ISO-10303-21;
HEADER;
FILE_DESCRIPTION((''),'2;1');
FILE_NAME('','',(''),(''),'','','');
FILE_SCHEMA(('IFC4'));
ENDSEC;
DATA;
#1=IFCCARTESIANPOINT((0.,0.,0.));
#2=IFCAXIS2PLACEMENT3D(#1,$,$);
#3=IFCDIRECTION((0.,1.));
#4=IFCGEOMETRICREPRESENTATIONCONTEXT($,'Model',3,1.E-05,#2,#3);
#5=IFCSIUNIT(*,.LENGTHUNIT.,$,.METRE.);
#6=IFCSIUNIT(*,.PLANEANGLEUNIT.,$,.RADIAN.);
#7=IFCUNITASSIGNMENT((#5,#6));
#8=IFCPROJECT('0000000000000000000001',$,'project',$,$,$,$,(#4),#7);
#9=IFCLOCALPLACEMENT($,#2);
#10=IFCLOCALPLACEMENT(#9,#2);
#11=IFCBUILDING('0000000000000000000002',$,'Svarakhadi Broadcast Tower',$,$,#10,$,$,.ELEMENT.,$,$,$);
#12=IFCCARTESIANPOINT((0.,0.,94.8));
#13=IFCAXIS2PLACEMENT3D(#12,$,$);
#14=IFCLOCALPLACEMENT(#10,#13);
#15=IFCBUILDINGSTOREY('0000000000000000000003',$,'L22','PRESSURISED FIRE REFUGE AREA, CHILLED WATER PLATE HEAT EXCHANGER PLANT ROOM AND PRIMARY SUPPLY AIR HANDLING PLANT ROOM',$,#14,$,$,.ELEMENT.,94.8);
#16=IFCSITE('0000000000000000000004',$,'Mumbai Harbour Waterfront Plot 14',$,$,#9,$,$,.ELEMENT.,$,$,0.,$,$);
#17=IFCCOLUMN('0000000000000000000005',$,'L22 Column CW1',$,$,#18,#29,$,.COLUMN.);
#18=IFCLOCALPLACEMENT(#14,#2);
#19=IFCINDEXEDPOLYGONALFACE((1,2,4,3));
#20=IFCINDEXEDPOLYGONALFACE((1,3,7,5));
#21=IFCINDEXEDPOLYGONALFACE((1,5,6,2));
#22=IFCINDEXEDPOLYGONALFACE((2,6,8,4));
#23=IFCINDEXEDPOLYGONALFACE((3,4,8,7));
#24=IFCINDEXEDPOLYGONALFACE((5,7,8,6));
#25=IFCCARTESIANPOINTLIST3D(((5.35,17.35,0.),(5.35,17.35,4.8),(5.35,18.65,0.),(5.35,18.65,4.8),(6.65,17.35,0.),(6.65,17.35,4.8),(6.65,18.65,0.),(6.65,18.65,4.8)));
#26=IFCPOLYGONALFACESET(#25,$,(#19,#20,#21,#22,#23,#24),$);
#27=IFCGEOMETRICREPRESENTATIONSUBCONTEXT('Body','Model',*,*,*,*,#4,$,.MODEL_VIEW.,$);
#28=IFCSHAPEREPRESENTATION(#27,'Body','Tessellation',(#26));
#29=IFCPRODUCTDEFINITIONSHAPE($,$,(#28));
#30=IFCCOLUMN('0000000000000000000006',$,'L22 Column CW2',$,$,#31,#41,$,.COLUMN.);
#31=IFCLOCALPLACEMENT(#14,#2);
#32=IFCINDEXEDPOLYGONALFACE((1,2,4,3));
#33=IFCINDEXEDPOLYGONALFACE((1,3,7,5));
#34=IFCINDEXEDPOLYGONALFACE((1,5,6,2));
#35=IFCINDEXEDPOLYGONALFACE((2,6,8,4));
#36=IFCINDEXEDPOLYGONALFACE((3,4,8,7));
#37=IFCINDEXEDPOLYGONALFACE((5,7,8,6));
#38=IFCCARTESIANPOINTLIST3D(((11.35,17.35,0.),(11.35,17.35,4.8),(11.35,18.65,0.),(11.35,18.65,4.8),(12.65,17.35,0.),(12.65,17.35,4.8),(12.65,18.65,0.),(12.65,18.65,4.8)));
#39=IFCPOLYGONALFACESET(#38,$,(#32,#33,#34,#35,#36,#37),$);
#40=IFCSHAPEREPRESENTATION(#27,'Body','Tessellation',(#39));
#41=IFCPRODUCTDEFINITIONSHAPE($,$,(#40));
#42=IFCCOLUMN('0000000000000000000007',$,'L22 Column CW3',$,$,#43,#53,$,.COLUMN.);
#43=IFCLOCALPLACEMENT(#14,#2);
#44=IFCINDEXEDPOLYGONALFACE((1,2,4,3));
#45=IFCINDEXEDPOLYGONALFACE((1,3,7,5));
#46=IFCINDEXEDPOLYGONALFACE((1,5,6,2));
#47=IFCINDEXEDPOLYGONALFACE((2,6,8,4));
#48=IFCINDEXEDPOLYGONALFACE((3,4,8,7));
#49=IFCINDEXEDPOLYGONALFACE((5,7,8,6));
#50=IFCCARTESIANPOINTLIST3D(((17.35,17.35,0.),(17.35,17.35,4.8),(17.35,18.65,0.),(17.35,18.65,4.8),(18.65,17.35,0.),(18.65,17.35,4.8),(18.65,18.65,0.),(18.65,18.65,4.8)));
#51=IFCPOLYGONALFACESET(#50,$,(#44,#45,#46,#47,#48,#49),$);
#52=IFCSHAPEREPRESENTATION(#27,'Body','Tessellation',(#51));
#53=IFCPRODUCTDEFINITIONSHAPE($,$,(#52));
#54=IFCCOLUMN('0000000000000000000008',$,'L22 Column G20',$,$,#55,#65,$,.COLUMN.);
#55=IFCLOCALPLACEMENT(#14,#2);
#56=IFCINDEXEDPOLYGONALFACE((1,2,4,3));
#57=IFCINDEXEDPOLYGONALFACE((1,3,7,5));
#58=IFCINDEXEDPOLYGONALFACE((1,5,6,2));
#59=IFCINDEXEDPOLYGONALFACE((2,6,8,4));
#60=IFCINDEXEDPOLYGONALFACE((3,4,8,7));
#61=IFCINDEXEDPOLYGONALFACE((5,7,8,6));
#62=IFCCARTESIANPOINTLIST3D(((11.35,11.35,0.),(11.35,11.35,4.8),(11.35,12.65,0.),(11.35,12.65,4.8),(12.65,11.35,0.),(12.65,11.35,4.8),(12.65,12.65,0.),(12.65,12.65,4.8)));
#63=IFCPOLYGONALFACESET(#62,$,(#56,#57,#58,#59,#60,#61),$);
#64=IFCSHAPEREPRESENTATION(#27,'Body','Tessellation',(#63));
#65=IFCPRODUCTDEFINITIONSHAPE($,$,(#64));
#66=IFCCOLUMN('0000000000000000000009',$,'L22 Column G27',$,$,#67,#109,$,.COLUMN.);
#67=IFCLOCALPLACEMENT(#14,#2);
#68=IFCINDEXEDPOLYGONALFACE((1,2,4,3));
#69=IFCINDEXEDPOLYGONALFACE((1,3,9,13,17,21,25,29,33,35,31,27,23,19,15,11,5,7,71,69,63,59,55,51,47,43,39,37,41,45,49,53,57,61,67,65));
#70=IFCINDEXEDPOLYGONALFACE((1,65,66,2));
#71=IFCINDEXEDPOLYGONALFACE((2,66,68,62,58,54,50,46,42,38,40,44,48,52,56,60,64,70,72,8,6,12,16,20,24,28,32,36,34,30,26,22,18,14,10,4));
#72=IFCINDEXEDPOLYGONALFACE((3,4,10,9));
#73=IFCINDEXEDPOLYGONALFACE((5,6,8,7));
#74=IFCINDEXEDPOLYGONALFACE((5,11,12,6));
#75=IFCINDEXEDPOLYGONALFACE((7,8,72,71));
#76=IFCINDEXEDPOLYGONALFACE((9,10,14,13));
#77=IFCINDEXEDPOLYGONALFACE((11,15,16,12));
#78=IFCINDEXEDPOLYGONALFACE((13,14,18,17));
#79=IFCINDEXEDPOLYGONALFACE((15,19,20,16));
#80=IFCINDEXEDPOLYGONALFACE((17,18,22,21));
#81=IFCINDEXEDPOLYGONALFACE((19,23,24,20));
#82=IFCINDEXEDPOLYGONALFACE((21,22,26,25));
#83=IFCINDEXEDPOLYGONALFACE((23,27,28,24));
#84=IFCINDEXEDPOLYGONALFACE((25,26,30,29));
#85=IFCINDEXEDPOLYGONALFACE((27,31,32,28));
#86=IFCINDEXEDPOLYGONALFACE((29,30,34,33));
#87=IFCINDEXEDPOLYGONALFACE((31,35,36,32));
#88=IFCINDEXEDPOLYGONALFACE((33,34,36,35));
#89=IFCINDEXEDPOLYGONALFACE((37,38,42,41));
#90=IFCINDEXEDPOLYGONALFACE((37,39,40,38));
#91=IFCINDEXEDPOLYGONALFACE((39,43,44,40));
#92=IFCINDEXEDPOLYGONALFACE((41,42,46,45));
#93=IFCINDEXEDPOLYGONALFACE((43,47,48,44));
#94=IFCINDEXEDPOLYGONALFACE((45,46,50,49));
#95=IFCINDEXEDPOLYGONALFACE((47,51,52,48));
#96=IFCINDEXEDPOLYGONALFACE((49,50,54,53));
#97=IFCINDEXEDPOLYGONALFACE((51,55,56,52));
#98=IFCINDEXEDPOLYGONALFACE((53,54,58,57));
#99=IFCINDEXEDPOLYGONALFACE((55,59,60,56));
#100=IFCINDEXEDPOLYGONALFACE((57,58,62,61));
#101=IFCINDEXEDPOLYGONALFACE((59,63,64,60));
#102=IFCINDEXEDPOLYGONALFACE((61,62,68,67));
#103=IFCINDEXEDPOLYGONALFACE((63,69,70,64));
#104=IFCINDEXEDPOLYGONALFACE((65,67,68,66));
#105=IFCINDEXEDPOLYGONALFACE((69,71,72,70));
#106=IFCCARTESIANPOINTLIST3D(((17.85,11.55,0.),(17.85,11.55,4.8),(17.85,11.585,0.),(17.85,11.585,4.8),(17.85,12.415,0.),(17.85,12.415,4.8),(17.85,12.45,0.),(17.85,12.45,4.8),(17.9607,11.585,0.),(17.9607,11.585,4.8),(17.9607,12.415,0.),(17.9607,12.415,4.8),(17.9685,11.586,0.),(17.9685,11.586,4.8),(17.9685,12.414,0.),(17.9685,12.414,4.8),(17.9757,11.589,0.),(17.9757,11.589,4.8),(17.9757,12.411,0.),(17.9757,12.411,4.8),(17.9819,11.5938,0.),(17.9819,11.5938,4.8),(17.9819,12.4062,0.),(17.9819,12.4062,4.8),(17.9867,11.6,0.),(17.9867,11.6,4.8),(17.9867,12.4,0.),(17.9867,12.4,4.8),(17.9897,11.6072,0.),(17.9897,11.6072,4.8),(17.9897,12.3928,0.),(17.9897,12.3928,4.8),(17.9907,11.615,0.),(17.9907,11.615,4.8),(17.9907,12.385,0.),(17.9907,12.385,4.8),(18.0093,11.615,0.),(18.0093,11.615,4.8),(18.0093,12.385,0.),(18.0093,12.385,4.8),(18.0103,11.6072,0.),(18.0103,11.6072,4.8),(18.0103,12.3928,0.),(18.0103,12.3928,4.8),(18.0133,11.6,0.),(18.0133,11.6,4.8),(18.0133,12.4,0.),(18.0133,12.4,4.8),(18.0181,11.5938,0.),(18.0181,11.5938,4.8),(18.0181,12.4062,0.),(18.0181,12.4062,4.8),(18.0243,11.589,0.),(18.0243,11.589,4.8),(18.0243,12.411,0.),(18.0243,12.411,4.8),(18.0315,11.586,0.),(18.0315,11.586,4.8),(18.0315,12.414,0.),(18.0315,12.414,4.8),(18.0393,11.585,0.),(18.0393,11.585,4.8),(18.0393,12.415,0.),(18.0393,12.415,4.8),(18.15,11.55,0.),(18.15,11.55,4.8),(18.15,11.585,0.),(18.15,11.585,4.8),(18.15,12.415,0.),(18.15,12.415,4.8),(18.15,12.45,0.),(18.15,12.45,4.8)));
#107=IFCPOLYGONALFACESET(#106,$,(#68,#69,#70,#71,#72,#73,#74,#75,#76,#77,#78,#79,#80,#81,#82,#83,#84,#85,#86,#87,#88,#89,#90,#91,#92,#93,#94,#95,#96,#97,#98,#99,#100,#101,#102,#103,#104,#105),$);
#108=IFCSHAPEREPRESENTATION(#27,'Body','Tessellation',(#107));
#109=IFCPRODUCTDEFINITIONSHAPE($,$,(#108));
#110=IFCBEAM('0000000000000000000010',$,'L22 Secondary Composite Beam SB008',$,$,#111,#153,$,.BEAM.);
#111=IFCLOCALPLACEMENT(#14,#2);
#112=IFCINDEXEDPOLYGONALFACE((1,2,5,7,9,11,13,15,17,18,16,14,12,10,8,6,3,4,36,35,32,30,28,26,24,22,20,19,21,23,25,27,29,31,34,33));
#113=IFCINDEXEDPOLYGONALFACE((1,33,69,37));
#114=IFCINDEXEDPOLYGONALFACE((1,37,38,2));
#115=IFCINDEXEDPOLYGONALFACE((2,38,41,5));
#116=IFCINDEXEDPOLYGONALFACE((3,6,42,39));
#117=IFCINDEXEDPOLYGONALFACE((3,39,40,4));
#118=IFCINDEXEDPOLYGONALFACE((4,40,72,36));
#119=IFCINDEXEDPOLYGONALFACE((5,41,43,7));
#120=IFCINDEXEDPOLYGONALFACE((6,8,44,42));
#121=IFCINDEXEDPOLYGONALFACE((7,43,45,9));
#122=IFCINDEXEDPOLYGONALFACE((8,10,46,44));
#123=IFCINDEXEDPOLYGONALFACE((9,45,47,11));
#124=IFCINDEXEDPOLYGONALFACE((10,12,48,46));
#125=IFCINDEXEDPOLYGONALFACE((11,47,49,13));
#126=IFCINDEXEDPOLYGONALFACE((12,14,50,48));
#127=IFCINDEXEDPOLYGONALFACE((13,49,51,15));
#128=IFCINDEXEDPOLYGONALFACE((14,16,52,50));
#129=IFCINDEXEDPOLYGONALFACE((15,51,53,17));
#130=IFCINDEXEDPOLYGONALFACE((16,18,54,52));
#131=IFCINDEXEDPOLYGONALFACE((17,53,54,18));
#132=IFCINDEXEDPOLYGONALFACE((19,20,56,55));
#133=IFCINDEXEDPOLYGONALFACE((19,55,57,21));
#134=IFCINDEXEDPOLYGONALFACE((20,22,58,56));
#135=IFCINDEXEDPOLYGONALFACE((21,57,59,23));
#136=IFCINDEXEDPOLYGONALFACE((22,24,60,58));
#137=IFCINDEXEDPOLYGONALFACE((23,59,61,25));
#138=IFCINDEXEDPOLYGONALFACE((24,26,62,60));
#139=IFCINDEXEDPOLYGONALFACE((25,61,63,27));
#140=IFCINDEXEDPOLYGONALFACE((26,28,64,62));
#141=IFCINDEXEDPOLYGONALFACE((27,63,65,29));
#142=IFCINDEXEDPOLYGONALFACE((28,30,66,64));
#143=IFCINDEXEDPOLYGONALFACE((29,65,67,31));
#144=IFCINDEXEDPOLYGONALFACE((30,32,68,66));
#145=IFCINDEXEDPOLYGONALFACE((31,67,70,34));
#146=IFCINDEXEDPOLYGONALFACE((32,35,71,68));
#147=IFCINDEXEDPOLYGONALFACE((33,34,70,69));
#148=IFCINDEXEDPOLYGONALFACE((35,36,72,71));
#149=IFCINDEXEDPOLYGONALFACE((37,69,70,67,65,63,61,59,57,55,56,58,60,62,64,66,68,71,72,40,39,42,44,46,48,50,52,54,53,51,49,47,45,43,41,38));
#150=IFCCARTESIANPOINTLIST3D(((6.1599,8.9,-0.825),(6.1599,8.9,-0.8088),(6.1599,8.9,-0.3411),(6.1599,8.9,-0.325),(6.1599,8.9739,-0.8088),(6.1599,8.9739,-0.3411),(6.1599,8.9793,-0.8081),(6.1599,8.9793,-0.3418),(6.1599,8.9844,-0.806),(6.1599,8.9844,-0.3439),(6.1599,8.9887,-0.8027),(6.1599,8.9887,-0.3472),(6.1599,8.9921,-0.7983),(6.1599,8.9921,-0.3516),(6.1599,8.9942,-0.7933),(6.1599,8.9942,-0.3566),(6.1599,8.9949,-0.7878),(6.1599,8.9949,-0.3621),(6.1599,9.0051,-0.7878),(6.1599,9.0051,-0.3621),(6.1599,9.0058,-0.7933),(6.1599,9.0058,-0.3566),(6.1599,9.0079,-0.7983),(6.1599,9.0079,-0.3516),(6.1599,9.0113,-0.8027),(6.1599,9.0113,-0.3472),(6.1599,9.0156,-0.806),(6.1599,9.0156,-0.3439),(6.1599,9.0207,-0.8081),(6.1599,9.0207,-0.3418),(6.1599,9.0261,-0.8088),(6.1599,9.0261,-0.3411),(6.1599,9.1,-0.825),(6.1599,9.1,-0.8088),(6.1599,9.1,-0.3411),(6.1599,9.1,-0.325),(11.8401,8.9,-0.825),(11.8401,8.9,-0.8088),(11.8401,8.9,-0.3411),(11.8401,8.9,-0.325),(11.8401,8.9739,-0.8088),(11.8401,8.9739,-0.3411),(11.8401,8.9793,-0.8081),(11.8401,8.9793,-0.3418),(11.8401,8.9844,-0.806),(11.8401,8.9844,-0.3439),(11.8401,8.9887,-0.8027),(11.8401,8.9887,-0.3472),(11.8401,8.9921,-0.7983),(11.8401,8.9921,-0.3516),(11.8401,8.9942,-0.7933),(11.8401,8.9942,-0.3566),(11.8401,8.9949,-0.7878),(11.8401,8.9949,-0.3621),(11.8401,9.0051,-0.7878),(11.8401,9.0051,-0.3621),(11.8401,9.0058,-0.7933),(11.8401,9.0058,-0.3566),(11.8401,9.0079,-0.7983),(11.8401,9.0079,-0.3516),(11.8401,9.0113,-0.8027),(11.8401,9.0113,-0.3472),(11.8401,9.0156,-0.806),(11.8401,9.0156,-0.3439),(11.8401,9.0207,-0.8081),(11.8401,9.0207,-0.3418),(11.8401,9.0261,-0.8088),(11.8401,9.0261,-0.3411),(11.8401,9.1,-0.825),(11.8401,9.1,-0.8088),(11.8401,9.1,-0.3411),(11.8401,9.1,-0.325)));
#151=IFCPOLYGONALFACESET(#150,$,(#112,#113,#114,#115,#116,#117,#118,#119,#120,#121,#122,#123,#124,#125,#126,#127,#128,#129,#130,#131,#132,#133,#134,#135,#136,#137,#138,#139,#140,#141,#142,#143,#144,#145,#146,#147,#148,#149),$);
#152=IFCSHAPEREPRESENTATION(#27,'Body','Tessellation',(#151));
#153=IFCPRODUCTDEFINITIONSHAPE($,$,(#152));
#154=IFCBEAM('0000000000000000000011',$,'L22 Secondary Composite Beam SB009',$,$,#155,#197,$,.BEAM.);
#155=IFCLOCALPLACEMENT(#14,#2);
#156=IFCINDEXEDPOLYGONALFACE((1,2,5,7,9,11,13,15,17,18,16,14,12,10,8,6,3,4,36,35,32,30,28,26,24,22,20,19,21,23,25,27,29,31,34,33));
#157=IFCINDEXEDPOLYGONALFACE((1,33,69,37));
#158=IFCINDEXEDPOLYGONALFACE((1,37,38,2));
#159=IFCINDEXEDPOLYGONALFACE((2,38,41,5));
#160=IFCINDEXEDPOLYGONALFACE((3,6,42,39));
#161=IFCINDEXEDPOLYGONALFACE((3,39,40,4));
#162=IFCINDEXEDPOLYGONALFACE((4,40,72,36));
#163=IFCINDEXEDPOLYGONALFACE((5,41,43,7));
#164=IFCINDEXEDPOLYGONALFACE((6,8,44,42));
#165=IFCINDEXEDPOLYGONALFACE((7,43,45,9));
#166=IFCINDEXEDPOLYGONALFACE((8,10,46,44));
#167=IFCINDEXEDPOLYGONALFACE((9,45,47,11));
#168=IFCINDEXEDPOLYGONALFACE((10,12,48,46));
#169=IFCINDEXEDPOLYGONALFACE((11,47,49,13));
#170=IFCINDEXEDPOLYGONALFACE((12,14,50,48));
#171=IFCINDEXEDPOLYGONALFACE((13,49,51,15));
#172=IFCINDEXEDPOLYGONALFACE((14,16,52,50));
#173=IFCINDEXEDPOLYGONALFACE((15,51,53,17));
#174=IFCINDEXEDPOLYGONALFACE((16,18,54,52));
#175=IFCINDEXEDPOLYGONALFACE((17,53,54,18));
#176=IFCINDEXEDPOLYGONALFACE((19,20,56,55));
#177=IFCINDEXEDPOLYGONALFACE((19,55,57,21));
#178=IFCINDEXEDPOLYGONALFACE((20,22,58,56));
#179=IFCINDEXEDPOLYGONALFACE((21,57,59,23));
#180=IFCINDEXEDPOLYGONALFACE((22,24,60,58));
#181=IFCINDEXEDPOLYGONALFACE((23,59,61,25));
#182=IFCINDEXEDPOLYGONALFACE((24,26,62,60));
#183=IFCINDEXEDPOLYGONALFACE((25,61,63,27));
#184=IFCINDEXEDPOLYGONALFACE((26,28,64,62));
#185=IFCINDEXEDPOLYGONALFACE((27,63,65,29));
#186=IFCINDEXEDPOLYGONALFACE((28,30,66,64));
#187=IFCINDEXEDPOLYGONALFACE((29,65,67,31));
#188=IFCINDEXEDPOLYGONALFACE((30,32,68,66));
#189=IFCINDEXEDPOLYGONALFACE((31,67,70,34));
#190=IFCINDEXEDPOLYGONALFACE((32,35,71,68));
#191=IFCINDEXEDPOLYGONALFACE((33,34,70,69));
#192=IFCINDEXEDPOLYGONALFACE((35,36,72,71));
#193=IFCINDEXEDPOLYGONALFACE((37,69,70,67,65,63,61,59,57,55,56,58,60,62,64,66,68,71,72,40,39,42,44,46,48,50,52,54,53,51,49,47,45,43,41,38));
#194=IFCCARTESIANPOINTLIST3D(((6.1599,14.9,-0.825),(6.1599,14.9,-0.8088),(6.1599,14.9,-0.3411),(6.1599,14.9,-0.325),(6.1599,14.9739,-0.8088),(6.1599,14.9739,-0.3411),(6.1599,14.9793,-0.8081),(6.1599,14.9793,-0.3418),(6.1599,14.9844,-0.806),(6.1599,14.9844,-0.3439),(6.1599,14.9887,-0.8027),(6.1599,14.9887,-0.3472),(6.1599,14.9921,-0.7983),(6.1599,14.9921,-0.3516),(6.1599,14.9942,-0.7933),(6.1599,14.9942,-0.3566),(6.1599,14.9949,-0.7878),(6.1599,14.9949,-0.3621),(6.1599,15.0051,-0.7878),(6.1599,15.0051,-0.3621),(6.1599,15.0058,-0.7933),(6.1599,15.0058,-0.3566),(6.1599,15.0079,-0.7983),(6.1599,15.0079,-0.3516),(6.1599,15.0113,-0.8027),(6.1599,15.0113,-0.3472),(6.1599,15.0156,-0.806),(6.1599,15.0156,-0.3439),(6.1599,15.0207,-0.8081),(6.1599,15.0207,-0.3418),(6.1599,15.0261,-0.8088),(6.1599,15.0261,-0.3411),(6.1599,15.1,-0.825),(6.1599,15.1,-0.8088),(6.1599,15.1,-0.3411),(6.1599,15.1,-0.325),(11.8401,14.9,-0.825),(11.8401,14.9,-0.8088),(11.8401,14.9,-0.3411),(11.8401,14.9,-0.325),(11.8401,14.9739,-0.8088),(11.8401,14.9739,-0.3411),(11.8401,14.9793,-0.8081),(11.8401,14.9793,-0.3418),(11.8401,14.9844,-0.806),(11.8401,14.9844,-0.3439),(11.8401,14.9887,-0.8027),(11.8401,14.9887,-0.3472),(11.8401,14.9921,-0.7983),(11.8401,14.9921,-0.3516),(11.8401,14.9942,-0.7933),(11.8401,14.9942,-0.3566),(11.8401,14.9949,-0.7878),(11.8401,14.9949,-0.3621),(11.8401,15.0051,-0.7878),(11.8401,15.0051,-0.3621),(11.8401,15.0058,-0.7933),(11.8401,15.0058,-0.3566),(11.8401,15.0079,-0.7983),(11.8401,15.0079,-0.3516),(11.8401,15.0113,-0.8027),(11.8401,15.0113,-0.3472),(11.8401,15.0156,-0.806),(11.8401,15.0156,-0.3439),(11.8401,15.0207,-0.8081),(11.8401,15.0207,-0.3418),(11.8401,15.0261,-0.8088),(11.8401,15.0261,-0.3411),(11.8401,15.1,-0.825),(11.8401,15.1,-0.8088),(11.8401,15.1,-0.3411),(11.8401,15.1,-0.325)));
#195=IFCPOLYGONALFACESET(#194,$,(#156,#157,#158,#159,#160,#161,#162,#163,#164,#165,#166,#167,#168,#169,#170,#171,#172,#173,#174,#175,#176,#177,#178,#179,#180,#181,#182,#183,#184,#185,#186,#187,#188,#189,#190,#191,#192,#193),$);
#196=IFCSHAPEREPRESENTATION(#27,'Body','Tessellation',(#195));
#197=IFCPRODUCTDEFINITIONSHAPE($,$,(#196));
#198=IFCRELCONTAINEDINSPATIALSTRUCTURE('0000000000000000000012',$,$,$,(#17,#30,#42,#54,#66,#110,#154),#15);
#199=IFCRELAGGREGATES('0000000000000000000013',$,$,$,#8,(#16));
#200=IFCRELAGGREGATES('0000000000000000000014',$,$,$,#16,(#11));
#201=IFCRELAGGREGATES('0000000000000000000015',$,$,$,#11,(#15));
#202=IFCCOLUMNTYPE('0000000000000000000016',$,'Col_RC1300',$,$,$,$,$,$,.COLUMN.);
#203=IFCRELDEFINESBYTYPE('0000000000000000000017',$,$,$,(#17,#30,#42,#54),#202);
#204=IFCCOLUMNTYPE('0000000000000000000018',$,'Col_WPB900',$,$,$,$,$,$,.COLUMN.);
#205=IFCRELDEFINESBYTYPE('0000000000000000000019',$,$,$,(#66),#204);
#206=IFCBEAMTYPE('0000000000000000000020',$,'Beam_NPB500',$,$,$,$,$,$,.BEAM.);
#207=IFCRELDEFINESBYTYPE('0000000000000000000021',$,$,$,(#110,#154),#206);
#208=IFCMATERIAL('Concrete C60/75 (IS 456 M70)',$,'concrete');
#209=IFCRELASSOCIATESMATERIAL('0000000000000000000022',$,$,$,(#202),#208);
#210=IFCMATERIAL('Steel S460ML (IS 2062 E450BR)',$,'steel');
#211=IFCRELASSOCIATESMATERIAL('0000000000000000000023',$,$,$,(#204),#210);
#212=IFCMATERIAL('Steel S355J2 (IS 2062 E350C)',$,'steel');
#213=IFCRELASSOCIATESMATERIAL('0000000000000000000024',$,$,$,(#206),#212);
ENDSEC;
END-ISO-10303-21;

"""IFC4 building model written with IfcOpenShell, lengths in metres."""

from ifc_helpers import new_model, si_unit, direction, frame, origin, origin_2d, place, context, subcontext, project, spatial, rectangle, i_section, extrude, material, material_profile, profile_set, type_object, element, save


model = new_model("IFC4")

# Units and contexts
model_context = context("Model", 3, precision=1e-05, world=origin(), true_north=direction((0.0, 1.0)))
body_context = subcontext(model_context, "Body", "Model", "MODEL_VIEW")
ifc_project = project(units=[si_unit("LENGTHUNIT", "METRE"), si_unit("PLANEANGLEUNIT", "RADIAN")], contexts=[model_context])

# Site, building, storey
site_placement = place(None, origin())
site = spatial("IfcSite", under=ifc_project, at=site_placement, Name="Mumbai Harbour Waterfront Plot 14", CompositionType="ELEMENT", RefElevation=0.0)
building_placement = place(site_placement, origin())
building = spatial("IfcBuilding", under=site, at=building_placement, Name="Svarakhadi Broadcast Tower", CompositionType="ELEMENT")
storey_placement = place(building_placement, frame((0.0, 0.0, 94.8)))
storey = spatial("IfcBuildingStorey", under=building, at=storey_placement, Name="L22", Description="PRESSURISED FIRE REFUGE AREA, CHILLED WATER PLATE HEAT EXCHANGER PLANT ROOM AND PRIMARY SUPPLY AIR HANDLING PLANT ROOM", CompositionType="ELEMENT", Elevation=94.8)

# Columns
ifc_material_1 = material(Name="Concrete C60/75 (IS 456 M70)", Category="concrete")
ifc_material_profile_1 = material_profile(ifc_material_1, rectangle(XDim=1.3, YDim=1.3, at=origin_2d()), Name="RC 1300x1300")
ifc_profile_set_1 = profile_set([ifc_material_profile_1], Name="Concrete C60/75 (IS 456 M70)")
column_type_1 = type_object("IfcColumnType", Name="Col_RC1300", PredefinedType="COLUMN", material=ifc_profile_set_1)
for number, where, z_axis, x_axis, name in (
    (1, (6.0, 18.0, 0.0), (0.0, 0.0, 1.0), (1.0, 0.0, 0.0), "L22 Column CW1"),
    (2, (12.0, 18.0, 0.0), (0.0, 0.0, 1.0), (1.0, 0.0, 0.0), "L22 Column CW2"),
    (3, (18.0, 18.0, 0.0), (0.0, 0.0, 1.0), (1.0, 0.0, 0.0), "L22 Column CW3"),
    (4, (12.0, 12.0, 0.0), (0.0, 0.0, 1.0), (1.0, 0.0, 0.0), "L22 Column G20"),
):
    element("IfcColumn", number, at=place(storey_placement, frame(where, z_axis=z_axis, x_axis=x_axis)), inside=storey, type_object=column_type_1, Name=name, PredefinedType="COLUMN", context=body_context, shape_type="SweptSolid", body=[
        extrude(rectangle(XDim=1.3, YDim=1.3, at=origin_2d()), origin(), (0.0, 0.0, 1.0), 4.8),
    ])
ifc_material_2 = material(Name="Steel S460ML (IS 2062 E450BR)", Category="steel")
ifc_material_profile_2 = material_profile(ifc_material_2, i_section(OverallWidth=0.3, OverallDepth=0.8999, WebThickness=0.0186, FlangeThickness=0.0349, FilletRadius=0.03, at=origin_2d()), Name="WPB 900x300x291")
ifc_profile_set_2 = profile_set([ifc_material_profile_2], Name="Steel S460ML (IS 2062 E450BR)")
column_type_2 = type_object("IfcColumnType", Name="Col_WPB900", PredefinedType="COLUMN", material=ifc_profile_set_2)
column_placement = place(storey_placement, frame((18.0, 12.0, 0.0), z_axis=(0.0, 0.0, 1.0), x_axis=(1.0, 0.0, 0.0)))
element("IfcColumn", 5, at=column_placement, inside=storey, type_object=column_type_2, Name="L22 Column G27", PredefinedType="COLUMN", context=body_context, shape_type="SweptSolid", body=[
    extrude(i_section(OverallWidth=0.3, OverallDepth=0.8999, WebThickness=0.0186, FlangeThickness=0.0349, FilletRadius=0.03, at=origin_2d()), origin(), (0.0, 0.0, 1.0), 4.8),
])

# Beams
ifc_material_3 = material(Name="Steel S355J2 (IS 2062 E350C)", Category="steel")
ifc_material_profile_3 = material_profile(ifc_material_3, i_section(OverallWidth=0.2, OverallDepth=0.5, WebThickness=0.0103, FlangeThickness=0.0161, FilletRadius=0.021, at=origin_2d()), Name="NPB 500x200x91")
ifc_profile_set_3 = profile_set([ifc_material_profile_3], Name="Steel S355J2 (IS 2062 E350C)")
beam_type_1 = type_object("IfcBeamType", Name="Beam_NPB500", PredefinedType="BEAM", material=ifc_profile_set_3)
for number, where, z_axis, x_axis, name in (
    (6, (6.1599, 9.0, -0.575), (1.0, 0.0, 0.0), (0.0, 1.0, 0.0), "L22 Secondary Composite Beam SB008"),
    (7, (6.1599, 15.0, -0.575), (1.0, 0.0, 0.0), (0.0, 1.0, 0.0), "L22 Secondary Composite Beam SB009"),
):
    element("IfcBeam", number, at=place(storey_placement, frame(where, z_axis=z_axis, x_axis=x_axis)), inside=storey, type_object=beam_type_1, Name=name, PredefinedType="BEAM", context=body_context, shape_type="SweptSolid", body=[
        extrude(i_section(OverallWidth=0.2, OverallDepth=0.5, WebThickness=0.0103, FlangeThickness=0.0161, FilletRadius=0.021, at=origin_2d()), origin(), (0.0, 0.0, 1.0), 5.6802),
    ])

save(model, "model.ifc")
